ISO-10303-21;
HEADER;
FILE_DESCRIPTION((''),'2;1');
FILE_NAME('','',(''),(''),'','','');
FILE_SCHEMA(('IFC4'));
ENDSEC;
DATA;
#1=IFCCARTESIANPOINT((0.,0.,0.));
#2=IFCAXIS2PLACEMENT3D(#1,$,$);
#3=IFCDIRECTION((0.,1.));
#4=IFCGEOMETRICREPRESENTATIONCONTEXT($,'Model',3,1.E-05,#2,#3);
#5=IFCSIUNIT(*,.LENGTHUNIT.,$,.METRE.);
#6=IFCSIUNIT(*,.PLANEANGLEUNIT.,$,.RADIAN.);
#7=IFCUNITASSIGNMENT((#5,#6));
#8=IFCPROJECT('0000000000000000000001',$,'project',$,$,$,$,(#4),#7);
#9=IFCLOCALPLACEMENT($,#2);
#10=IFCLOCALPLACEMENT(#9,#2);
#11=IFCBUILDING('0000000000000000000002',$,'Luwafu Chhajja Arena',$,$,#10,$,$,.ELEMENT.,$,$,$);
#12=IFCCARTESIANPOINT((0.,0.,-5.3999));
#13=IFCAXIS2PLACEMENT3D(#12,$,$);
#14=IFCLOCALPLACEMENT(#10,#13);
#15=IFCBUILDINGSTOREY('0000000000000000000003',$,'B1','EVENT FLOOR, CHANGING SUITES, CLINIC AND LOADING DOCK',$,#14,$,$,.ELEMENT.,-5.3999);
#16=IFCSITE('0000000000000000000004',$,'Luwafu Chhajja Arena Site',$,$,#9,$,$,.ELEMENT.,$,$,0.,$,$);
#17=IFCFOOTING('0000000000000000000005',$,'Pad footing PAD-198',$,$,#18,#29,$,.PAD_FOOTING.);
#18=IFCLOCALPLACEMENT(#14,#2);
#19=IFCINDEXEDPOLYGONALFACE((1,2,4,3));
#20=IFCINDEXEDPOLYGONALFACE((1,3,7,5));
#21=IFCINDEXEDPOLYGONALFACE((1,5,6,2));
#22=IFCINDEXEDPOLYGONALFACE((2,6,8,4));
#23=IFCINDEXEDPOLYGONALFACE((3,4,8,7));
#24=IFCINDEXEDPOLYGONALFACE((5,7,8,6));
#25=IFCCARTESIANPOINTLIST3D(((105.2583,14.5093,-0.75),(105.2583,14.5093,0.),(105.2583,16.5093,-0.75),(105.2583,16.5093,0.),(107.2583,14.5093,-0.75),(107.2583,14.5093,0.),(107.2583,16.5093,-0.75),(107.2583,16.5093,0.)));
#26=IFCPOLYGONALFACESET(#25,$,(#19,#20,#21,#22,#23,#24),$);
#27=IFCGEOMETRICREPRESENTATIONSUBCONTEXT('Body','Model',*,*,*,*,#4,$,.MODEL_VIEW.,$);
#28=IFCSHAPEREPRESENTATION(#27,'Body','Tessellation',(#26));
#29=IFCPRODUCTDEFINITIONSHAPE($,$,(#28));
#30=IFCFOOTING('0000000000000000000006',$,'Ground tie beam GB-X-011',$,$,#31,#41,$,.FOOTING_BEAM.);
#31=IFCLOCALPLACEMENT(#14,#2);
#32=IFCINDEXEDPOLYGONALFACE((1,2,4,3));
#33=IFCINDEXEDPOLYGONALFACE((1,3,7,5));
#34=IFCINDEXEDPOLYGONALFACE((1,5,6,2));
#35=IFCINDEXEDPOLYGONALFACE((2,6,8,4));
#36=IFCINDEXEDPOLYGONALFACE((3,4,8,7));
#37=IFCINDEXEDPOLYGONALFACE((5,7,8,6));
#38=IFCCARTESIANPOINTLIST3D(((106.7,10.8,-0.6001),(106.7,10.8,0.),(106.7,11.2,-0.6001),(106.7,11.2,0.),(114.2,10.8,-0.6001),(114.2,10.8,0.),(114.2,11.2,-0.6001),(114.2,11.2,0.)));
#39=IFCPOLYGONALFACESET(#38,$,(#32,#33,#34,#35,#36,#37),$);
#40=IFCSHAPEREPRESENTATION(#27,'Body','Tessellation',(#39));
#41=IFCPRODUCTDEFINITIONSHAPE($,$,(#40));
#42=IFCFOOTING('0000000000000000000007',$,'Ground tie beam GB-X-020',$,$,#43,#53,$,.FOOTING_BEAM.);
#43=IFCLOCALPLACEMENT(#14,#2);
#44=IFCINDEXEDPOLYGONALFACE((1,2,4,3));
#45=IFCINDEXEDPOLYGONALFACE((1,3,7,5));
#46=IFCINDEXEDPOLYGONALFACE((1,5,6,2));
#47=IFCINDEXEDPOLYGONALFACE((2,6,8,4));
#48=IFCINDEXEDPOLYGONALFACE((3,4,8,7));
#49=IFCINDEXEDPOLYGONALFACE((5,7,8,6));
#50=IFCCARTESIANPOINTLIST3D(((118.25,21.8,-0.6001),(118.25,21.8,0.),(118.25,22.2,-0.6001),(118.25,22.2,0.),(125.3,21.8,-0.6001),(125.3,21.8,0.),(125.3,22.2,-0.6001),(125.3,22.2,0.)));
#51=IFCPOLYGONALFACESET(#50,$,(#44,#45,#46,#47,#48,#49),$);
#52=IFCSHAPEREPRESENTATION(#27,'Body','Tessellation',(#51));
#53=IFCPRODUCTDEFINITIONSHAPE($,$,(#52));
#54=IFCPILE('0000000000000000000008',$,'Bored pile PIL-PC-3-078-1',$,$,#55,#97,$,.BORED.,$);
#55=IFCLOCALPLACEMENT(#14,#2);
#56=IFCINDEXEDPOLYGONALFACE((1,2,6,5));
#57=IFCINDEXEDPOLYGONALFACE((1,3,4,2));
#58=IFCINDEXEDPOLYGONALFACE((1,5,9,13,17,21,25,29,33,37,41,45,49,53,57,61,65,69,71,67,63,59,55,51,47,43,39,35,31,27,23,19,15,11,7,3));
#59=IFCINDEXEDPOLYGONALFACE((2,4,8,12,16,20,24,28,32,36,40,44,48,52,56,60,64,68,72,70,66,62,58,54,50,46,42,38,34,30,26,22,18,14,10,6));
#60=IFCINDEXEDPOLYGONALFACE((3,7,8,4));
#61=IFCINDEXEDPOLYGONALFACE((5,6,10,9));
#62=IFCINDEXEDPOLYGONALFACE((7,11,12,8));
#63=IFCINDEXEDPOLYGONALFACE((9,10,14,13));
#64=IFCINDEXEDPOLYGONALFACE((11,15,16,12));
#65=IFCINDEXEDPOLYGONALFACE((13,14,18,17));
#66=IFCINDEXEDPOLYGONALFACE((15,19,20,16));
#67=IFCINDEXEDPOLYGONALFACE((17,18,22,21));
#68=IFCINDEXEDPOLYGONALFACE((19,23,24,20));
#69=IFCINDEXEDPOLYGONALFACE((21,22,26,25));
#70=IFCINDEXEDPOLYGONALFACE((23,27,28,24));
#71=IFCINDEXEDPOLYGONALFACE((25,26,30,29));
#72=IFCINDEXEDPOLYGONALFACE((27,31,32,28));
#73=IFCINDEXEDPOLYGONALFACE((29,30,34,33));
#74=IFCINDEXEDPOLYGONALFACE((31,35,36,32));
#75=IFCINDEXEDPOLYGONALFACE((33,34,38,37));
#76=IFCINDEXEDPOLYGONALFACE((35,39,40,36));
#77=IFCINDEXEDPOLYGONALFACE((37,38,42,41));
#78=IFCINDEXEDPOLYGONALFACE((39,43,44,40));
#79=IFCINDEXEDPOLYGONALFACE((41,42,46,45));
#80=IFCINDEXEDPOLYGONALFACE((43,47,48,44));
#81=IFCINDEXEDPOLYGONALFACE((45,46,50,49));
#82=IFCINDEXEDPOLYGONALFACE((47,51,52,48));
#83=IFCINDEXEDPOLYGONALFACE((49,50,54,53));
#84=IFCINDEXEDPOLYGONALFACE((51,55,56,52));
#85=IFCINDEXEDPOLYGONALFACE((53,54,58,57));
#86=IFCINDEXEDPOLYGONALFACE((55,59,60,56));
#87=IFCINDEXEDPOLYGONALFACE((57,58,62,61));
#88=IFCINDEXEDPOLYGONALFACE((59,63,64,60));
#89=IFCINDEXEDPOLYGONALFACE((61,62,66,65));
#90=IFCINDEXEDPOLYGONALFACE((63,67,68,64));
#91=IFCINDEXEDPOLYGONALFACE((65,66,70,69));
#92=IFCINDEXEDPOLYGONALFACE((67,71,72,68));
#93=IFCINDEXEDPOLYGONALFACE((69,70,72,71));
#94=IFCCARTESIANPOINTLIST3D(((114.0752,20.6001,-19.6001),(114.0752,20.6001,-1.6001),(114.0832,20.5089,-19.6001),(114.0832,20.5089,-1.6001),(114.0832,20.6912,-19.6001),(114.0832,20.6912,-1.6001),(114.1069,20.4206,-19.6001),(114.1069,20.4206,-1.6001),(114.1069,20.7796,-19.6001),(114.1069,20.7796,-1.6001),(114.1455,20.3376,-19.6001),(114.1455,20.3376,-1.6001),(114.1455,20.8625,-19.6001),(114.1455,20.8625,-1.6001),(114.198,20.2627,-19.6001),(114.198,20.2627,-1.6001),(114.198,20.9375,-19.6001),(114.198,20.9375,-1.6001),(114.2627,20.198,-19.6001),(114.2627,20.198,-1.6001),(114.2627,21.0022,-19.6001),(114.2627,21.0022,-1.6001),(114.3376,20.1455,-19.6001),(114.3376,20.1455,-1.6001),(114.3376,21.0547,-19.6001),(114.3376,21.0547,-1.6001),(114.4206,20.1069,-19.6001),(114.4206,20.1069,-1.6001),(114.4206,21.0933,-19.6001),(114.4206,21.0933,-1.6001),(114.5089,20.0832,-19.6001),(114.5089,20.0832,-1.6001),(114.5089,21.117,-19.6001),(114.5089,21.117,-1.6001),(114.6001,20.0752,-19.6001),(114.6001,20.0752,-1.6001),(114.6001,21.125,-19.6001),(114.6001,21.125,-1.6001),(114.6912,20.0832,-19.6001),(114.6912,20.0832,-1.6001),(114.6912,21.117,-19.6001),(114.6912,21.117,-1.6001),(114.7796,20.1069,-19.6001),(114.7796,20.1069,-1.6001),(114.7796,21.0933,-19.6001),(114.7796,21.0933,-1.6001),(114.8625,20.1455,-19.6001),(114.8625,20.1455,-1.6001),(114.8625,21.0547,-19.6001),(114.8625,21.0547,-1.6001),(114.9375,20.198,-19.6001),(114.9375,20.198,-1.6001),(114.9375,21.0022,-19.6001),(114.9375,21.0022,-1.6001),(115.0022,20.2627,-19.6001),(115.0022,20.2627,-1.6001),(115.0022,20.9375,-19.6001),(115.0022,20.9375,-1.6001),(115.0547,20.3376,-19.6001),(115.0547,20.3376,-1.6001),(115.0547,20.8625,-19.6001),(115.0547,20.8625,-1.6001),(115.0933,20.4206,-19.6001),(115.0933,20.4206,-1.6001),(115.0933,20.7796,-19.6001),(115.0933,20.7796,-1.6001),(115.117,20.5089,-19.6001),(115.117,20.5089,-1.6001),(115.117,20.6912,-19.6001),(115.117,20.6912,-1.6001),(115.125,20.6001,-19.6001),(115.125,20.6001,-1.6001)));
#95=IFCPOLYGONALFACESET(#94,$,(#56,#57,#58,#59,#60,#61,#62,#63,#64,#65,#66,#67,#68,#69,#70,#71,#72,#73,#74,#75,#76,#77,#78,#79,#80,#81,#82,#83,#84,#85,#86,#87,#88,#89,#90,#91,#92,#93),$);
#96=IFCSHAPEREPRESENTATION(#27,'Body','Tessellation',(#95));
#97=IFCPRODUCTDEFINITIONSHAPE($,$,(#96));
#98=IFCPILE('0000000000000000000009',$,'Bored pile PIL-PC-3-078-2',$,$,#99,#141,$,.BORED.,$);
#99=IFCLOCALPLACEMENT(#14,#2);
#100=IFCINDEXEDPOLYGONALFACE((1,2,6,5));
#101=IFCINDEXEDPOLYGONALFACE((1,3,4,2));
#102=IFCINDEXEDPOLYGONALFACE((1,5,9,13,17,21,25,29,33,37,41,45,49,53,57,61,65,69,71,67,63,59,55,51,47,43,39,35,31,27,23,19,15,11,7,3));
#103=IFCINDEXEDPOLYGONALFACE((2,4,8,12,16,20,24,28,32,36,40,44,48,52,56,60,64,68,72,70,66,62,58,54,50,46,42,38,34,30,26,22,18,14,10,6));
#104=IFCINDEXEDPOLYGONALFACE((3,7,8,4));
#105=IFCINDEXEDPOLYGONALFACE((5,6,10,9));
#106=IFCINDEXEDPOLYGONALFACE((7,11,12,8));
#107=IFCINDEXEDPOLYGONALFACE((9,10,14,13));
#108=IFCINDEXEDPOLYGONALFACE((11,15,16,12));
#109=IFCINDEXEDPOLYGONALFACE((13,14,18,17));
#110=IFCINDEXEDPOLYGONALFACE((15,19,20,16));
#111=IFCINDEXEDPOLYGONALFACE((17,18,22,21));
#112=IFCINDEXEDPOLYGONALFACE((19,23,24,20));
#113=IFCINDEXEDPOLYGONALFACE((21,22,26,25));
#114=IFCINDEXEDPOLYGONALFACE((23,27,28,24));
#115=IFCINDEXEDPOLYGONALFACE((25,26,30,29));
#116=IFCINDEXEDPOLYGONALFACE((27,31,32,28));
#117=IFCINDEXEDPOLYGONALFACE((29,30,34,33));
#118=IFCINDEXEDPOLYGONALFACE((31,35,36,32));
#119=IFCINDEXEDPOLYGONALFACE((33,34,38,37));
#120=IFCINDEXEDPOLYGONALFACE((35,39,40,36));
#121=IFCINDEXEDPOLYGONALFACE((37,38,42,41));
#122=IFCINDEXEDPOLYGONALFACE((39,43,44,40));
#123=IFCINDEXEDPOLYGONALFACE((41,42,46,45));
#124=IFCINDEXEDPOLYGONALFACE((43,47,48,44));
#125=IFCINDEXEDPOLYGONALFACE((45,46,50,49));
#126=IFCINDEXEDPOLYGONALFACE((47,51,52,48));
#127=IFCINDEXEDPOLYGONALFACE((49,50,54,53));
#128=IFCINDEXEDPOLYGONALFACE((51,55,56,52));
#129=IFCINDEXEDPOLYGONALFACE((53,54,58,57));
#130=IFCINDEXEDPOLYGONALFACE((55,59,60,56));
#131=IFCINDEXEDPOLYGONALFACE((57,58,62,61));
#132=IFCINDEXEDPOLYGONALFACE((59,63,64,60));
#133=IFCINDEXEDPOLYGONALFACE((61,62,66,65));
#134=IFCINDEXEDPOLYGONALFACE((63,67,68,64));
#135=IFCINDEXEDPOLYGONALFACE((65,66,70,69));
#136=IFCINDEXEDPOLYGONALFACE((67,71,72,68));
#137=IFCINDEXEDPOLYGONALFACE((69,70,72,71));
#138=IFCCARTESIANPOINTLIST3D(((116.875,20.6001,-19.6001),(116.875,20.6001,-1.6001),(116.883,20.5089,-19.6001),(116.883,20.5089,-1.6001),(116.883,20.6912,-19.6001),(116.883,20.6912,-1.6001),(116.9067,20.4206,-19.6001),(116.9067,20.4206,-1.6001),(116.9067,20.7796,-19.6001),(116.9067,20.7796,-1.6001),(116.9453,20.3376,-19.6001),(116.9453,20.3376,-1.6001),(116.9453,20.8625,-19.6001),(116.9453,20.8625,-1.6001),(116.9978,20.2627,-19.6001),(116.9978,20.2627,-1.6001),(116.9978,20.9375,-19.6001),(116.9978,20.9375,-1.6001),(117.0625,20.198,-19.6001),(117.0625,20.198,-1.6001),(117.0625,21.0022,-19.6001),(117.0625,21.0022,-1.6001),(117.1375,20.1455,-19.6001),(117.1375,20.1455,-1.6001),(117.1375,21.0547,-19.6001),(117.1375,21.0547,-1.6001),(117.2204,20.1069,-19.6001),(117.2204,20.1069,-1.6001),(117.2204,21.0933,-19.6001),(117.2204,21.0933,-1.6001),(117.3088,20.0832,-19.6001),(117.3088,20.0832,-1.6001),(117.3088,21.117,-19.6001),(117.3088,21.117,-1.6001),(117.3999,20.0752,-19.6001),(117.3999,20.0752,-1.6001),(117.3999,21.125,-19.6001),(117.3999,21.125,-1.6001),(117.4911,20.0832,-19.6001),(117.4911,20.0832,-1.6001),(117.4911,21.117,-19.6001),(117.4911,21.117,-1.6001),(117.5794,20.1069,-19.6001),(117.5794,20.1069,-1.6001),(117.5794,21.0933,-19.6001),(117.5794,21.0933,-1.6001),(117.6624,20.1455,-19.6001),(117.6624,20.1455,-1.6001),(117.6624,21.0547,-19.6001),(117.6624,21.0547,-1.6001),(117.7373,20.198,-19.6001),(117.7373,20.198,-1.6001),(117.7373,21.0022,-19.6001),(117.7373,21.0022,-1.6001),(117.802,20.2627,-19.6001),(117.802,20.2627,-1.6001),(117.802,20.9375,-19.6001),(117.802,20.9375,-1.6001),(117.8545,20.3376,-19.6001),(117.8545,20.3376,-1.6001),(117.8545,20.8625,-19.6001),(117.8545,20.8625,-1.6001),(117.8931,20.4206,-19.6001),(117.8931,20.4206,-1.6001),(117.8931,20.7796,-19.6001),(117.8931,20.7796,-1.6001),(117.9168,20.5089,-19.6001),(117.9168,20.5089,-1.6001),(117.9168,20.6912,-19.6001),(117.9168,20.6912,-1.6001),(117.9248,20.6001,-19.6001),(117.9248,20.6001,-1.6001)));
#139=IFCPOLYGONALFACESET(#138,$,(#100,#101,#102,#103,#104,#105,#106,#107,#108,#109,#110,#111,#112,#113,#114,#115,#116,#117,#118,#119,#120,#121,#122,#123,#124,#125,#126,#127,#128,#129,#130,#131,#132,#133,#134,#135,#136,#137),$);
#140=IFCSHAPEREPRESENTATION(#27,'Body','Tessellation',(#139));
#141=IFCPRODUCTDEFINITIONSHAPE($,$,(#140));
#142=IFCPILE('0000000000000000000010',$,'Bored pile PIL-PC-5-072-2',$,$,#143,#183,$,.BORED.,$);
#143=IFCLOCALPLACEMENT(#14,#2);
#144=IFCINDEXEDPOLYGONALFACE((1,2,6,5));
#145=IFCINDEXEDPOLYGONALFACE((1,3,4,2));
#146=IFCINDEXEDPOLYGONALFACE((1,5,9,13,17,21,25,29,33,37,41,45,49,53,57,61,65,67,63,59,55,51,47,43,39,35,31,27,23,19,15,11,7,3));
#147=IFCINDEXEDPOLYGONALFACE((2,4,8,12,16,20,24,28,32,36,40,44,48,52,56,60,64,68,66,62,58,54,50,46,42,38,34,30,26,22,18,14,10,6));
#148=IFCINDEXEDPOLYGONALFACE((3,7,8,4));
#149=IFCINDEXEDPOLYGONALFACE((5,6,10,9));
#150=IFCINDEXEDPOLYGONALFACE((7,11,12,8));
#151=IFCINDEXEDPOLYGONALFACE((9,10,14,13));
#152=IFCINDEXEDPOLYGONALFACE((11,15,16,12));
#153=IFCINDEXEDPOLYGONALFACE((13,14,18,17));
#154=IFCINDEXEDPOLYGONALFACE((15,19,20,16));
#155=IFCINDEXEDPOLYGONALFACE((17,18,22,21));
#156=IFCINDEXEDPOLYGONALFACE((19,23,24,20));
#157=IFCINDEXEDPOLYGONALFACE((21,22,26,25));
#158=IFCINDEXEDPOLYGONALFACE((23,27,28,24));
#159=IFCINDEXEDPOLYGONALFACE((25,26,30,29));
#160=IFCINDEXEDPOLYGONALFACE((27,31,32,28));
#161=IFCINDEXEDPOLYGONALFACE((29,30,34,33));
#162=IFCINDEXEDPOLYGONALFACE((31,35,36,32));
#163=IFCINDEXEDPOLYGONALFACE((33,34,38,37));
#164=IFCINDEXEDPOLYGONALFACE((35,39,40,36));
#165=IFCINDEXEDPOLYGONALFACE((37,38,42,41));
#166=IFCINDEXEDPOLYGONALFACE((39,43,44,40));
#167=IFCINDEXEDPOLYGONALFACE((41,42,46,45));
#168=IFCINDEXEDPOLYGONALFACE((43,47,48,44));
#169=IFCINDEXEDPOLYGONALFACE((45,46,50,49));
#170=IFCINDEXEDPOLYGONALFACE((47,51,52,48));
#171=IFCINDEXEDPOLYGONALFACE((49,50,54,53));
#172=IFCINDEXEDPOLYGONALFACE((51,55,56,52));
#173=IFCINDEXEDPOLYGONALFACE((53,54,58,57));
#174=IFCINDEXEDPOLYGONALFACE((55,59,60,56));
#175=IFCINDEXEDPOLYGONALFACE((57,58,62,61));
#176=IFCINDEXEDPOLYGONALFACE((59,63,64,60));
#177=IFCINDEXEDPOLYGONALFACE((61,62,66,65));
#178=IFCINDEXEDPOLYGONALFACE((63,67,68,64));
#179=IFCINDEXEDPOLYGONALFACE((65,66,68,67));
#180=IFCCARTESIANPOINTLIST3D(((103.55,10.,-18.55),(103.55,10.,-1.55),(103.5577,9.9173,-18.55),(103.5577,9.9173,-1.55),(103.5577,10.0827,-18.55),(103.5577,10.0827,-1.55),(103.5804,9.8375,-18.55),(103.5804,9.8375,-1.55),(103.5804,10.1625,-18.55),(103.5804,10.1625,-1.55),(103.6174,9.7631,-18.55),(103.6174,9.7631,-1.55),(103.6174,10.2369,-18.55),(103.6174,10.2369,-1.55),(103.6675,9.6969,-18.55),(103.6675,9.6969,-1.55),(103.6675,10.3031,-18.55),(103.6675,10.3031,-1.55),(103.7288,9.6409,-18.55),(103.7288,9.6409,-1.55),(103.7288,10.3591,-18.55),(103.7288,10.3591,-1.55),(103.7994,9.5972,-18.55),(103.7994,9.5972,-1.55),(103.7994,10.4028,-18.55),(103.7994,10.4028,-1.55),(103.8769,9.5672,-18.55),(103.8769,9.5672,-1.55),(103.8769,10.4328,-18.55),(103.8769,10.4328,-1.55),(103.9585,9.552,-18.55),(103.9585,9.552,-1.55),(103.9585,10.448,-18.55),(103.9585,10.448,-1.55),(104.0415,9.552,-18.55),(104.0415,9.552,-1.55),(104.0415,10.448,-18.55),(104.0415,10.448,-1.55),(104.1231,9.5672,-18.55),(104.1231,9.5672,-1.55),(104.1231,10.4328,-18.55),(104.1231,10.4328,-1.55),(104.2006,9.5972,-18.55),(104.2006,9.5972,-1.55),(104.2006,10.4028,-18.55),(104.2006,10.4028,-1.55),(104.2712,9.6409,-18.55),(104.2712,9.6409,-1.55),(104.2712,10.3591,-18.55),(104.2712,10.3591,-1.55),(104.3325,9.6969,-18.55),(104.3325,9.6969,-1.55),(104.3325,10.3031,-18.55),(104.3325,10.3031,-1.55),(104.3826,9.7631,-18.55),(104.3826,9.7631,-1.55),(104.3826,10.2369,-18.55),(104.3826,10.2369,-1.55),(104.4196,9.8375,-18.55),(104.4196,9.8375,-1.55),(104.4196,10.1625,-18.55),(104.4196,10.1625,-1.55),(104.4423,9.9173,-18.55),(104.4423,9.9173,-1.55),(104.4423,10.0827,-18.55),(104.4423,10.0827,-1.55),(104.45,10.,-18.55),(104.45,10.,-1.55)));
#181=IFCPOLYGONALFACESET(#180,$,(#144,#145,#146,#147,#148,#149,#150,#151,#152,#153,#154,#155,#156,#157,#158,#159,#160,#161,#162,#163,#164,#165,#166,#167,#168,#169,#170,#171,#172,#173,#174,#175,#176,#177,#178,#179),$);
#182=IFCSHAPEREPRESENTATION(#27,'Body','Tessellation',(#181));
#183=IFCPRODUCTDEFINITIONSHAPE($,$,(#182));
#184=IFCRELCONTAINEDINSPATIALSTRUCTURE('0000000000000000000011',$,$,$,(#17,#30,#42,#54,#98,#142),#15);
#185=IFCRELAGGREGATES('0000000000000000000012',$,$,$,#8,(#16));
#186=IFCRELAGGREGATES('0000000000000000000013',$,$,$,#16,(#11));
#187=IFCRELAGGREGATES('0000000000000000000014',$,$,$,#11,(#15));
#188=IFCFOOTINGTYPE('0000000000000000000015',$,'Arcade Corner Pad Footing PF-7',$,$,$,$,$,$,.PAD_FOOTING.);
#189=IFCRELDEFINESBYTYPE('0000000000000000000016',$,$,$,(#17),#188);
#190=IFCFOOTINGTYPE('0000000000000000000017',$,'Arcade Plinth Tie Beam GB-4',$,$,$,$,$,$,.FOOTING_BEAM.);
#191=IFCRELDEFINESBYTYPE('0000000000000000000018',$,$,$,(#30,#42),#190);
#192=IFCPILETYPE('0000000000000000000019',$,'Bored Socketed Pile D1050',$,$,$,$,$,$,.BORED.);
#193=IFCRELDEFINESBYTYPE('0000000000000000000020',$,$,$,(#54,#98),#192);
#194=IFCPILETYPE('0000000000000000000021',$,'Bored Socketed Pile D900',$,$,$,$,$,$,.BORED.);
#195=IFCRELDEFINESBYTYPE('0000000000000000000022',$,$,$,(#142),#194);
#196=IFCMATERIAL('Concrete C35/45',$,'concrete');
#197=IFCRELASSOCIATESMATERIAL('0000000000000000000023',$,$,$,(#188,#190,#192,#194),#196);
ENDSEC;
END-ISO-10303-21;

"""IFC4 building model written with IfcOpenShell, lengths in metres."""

from ifc_helpers import new_model, si_unit, direction, frame, origin, origin_2d, place, context, subcontext, project, spatial, rectangle, circle, extrude, material, material_profile, profile_set, type_object, element, save


model = new_model("IFC4")

# Units and contexts
model_context = context("Model", 3, precision=1e-05, world=origin(), true_north=direction((0.0, 1.0)))
body_context = subcontext(model_context, "Body", "Model", "MODEL_VIEW")
ifc_project = project(units=[si_unit("LENGTHUNIT", "METRE"), si_unit("PLANEANGLEUNIT", "RADIAN")], contexts=[model_context])

# Site, building, storey
site_placement = place(None, origin())
site = spatial("IfcSite", under=ifc_project, at=site_placement, Name="Luwafu Chhajja Arena Site", CompositionType="ELEMENT", RefElevation=0.0)
building_placement = place(site_placement, origin())
building = spatial("IfcBuilding", under=site, at=building_placement, Name="Luwafu Chhajja Arena", CompositionType="ELEMENT")
storey_placement = place(building_placement, frame((0.0, 0.0, -5.3999)))
storey = spatial("IfcBuildingStorey", under=building, at=storey_placement, Name="B1", Description="EVENT FLOOR, CHANGING SUITES, CLINIC AND LOADING DOCK", CompositionType="ELEMENT", Elevation=-5.3999)

# Footings
ifc_material_1 = material(Name="Concrete C35/45", Category="concrete")
footing_type_1 = type_object("IfcFootingType", Name="Arcade Corner Pad Footing PF-7", PredefinedType="PAD_FOOTING", material=ifc_material_1)
footing_1_placement = place(storey_placement, frame((106.2583, 15.5093, -0.75), z_axis=(0.0, 0.0, 1.0), x_axis=(1.0, 0.0, 0.0)))
element("IfcFooting", 1, at=footing_1_placement, inside=storey, type_object=footing_type_1, Name="Pad footing PAD-198", PredefinedType="PAD_FOOTING", context=body_context, shape_type="SweptSolid", body=[
    extrude(rectangle(XDim=2.0, YDim=2.0, at=origin_2d()), origin(), (0.0, 0.0, 1.0), 0.75),
])
ifc_material_profile_1 = material_profile(ifc_material_1, rectangle(XDim=0.3999, YDim=0.6001, at=origin_2d()), Name="RC 400x600")
ifc_profile_set_1 = profile_set([ifc_material_profile_1], Name="Concrete C35/45")
footing_type_2 = type_object("IfcFootingType", Name="Arcade Plinth Tie Beam GB-4", PredefinedType="FOOTING_BEAM", material=ifc_profile_set_1)
footing_2_placement = place(storey_placement, frame((106.7, 11.0, -0.3), z_axis=(1.0, 0.0, 0.0), x_axis=(0.0, 1.0, 0.0)))
element("IfcFooting", 2, at=footing_2_placement, inside=storey, type_object=footing_type_2, Name="Ground tie beam GB-X-011", PredefinedType="FOOTING_BEAM", context=body_context, shape_type="SweptSolid", body=[
    extrude(rectangle(XDim=0.3999, YDim=0.6001, at=origin_2d()), origin(), (0.0, 0.0, 1.0), 7.5),
])
footing_3_placement = place(storey_placement, frame((118.25, 22.0, -0.3), z_axis=(1.0, 0.0, 0.0), x_axis=(0.0, 1.0, 0.0)))
element("IfcFooting", 3, at=footing_3_placement, inside=storey, type_object=footing_type_2, Name="Ground tie beam GB-X-020", PredefinedType="FOOTING_BEAM", context=body_context, shape_type="SweptSolid", body=[
    extrude(rectangle(XDim=0.3999, YDim=0.6001, at=origin_2d()), origin(), (0.0, 0.0, 1.0), 7.05),
])

# Piles
ifc_material_profile_2 = material_profile(ifc_material_1, circle(Radius=0.5249, at=origin_2d()), Name="PILE D1050")
ifc_profile_set_2 = profile_set([ifc_material_profile_2], Name="Concrete C35/45")
pile_type_1 = type_object("IfcPileType", Name="Bored Socketed Pile D1050", PredefinedType="BORED", material=ifc_profile_set_2)
for number, where, z_axis, x_axis, name in (
    (4, (114.6001, 20.6001, -1.6001), (0.0, 0.0, -1.0), (1.0, 0.0, 0.0), "Bored pile PIL-PC-3-078-1"),
    (5, (117.3999, 20.6001, -1.6001), (0.0, 0.0, -1.0), (1.0, 0.0, 0.0), "Bored pile PIL-PC-3-078-2"),
):
    element("IfcPile", number, at=place(storey_placement, frame(where, z_axis=z_axis, x_axis=x_axis)), inside=storey, type_object=pile_type_1, Name=name, PredefinedType="BORED", context=body_context, shape_type="SweptSolid", body=[
        extrude(circle(Radius=0.5249, at=origin_2d()), origin(), (0.0, 0.0, 1.0), 18.0),
    ])
ifc_material_profile_3 = material_profile(ifc_material_1, circle(Radius=0.45, at=origin_2d()), Name="PILE D900")
ifc_profile_set_3 = profile_set([ifc_material_profile_3], Name="Concrete C35/45")
pile_type_2 = type_object("IfcPileType", Name="Bored Socketed Pile D900", PredefinedType="BORED", material=ifc_profile_set_3)
for number, where, z_axis, x_axis, name in (
    (6, (104.0, 10.0, -1.55), (0.0, 0.0, -1.0), (1.0, 0.0, 0.0), "Bored pile PIL-PC-5-072-2"),
):
    element("IfcPile", number, at=place(storey_placement, frame(where, z_axis=z_axis, x_axis=x_axis)), inside=storey, type_object=pile_type_2, Name=name, PredefinedType="BORED", context=body_context, shape_type="SweptSolid", body=[
        extrude(circle(Radius=0.45, at=origin_2d()), origin(), (0.0, 0.0, 1.0), 17.0),
    ])

save(model, "model.ifc")
